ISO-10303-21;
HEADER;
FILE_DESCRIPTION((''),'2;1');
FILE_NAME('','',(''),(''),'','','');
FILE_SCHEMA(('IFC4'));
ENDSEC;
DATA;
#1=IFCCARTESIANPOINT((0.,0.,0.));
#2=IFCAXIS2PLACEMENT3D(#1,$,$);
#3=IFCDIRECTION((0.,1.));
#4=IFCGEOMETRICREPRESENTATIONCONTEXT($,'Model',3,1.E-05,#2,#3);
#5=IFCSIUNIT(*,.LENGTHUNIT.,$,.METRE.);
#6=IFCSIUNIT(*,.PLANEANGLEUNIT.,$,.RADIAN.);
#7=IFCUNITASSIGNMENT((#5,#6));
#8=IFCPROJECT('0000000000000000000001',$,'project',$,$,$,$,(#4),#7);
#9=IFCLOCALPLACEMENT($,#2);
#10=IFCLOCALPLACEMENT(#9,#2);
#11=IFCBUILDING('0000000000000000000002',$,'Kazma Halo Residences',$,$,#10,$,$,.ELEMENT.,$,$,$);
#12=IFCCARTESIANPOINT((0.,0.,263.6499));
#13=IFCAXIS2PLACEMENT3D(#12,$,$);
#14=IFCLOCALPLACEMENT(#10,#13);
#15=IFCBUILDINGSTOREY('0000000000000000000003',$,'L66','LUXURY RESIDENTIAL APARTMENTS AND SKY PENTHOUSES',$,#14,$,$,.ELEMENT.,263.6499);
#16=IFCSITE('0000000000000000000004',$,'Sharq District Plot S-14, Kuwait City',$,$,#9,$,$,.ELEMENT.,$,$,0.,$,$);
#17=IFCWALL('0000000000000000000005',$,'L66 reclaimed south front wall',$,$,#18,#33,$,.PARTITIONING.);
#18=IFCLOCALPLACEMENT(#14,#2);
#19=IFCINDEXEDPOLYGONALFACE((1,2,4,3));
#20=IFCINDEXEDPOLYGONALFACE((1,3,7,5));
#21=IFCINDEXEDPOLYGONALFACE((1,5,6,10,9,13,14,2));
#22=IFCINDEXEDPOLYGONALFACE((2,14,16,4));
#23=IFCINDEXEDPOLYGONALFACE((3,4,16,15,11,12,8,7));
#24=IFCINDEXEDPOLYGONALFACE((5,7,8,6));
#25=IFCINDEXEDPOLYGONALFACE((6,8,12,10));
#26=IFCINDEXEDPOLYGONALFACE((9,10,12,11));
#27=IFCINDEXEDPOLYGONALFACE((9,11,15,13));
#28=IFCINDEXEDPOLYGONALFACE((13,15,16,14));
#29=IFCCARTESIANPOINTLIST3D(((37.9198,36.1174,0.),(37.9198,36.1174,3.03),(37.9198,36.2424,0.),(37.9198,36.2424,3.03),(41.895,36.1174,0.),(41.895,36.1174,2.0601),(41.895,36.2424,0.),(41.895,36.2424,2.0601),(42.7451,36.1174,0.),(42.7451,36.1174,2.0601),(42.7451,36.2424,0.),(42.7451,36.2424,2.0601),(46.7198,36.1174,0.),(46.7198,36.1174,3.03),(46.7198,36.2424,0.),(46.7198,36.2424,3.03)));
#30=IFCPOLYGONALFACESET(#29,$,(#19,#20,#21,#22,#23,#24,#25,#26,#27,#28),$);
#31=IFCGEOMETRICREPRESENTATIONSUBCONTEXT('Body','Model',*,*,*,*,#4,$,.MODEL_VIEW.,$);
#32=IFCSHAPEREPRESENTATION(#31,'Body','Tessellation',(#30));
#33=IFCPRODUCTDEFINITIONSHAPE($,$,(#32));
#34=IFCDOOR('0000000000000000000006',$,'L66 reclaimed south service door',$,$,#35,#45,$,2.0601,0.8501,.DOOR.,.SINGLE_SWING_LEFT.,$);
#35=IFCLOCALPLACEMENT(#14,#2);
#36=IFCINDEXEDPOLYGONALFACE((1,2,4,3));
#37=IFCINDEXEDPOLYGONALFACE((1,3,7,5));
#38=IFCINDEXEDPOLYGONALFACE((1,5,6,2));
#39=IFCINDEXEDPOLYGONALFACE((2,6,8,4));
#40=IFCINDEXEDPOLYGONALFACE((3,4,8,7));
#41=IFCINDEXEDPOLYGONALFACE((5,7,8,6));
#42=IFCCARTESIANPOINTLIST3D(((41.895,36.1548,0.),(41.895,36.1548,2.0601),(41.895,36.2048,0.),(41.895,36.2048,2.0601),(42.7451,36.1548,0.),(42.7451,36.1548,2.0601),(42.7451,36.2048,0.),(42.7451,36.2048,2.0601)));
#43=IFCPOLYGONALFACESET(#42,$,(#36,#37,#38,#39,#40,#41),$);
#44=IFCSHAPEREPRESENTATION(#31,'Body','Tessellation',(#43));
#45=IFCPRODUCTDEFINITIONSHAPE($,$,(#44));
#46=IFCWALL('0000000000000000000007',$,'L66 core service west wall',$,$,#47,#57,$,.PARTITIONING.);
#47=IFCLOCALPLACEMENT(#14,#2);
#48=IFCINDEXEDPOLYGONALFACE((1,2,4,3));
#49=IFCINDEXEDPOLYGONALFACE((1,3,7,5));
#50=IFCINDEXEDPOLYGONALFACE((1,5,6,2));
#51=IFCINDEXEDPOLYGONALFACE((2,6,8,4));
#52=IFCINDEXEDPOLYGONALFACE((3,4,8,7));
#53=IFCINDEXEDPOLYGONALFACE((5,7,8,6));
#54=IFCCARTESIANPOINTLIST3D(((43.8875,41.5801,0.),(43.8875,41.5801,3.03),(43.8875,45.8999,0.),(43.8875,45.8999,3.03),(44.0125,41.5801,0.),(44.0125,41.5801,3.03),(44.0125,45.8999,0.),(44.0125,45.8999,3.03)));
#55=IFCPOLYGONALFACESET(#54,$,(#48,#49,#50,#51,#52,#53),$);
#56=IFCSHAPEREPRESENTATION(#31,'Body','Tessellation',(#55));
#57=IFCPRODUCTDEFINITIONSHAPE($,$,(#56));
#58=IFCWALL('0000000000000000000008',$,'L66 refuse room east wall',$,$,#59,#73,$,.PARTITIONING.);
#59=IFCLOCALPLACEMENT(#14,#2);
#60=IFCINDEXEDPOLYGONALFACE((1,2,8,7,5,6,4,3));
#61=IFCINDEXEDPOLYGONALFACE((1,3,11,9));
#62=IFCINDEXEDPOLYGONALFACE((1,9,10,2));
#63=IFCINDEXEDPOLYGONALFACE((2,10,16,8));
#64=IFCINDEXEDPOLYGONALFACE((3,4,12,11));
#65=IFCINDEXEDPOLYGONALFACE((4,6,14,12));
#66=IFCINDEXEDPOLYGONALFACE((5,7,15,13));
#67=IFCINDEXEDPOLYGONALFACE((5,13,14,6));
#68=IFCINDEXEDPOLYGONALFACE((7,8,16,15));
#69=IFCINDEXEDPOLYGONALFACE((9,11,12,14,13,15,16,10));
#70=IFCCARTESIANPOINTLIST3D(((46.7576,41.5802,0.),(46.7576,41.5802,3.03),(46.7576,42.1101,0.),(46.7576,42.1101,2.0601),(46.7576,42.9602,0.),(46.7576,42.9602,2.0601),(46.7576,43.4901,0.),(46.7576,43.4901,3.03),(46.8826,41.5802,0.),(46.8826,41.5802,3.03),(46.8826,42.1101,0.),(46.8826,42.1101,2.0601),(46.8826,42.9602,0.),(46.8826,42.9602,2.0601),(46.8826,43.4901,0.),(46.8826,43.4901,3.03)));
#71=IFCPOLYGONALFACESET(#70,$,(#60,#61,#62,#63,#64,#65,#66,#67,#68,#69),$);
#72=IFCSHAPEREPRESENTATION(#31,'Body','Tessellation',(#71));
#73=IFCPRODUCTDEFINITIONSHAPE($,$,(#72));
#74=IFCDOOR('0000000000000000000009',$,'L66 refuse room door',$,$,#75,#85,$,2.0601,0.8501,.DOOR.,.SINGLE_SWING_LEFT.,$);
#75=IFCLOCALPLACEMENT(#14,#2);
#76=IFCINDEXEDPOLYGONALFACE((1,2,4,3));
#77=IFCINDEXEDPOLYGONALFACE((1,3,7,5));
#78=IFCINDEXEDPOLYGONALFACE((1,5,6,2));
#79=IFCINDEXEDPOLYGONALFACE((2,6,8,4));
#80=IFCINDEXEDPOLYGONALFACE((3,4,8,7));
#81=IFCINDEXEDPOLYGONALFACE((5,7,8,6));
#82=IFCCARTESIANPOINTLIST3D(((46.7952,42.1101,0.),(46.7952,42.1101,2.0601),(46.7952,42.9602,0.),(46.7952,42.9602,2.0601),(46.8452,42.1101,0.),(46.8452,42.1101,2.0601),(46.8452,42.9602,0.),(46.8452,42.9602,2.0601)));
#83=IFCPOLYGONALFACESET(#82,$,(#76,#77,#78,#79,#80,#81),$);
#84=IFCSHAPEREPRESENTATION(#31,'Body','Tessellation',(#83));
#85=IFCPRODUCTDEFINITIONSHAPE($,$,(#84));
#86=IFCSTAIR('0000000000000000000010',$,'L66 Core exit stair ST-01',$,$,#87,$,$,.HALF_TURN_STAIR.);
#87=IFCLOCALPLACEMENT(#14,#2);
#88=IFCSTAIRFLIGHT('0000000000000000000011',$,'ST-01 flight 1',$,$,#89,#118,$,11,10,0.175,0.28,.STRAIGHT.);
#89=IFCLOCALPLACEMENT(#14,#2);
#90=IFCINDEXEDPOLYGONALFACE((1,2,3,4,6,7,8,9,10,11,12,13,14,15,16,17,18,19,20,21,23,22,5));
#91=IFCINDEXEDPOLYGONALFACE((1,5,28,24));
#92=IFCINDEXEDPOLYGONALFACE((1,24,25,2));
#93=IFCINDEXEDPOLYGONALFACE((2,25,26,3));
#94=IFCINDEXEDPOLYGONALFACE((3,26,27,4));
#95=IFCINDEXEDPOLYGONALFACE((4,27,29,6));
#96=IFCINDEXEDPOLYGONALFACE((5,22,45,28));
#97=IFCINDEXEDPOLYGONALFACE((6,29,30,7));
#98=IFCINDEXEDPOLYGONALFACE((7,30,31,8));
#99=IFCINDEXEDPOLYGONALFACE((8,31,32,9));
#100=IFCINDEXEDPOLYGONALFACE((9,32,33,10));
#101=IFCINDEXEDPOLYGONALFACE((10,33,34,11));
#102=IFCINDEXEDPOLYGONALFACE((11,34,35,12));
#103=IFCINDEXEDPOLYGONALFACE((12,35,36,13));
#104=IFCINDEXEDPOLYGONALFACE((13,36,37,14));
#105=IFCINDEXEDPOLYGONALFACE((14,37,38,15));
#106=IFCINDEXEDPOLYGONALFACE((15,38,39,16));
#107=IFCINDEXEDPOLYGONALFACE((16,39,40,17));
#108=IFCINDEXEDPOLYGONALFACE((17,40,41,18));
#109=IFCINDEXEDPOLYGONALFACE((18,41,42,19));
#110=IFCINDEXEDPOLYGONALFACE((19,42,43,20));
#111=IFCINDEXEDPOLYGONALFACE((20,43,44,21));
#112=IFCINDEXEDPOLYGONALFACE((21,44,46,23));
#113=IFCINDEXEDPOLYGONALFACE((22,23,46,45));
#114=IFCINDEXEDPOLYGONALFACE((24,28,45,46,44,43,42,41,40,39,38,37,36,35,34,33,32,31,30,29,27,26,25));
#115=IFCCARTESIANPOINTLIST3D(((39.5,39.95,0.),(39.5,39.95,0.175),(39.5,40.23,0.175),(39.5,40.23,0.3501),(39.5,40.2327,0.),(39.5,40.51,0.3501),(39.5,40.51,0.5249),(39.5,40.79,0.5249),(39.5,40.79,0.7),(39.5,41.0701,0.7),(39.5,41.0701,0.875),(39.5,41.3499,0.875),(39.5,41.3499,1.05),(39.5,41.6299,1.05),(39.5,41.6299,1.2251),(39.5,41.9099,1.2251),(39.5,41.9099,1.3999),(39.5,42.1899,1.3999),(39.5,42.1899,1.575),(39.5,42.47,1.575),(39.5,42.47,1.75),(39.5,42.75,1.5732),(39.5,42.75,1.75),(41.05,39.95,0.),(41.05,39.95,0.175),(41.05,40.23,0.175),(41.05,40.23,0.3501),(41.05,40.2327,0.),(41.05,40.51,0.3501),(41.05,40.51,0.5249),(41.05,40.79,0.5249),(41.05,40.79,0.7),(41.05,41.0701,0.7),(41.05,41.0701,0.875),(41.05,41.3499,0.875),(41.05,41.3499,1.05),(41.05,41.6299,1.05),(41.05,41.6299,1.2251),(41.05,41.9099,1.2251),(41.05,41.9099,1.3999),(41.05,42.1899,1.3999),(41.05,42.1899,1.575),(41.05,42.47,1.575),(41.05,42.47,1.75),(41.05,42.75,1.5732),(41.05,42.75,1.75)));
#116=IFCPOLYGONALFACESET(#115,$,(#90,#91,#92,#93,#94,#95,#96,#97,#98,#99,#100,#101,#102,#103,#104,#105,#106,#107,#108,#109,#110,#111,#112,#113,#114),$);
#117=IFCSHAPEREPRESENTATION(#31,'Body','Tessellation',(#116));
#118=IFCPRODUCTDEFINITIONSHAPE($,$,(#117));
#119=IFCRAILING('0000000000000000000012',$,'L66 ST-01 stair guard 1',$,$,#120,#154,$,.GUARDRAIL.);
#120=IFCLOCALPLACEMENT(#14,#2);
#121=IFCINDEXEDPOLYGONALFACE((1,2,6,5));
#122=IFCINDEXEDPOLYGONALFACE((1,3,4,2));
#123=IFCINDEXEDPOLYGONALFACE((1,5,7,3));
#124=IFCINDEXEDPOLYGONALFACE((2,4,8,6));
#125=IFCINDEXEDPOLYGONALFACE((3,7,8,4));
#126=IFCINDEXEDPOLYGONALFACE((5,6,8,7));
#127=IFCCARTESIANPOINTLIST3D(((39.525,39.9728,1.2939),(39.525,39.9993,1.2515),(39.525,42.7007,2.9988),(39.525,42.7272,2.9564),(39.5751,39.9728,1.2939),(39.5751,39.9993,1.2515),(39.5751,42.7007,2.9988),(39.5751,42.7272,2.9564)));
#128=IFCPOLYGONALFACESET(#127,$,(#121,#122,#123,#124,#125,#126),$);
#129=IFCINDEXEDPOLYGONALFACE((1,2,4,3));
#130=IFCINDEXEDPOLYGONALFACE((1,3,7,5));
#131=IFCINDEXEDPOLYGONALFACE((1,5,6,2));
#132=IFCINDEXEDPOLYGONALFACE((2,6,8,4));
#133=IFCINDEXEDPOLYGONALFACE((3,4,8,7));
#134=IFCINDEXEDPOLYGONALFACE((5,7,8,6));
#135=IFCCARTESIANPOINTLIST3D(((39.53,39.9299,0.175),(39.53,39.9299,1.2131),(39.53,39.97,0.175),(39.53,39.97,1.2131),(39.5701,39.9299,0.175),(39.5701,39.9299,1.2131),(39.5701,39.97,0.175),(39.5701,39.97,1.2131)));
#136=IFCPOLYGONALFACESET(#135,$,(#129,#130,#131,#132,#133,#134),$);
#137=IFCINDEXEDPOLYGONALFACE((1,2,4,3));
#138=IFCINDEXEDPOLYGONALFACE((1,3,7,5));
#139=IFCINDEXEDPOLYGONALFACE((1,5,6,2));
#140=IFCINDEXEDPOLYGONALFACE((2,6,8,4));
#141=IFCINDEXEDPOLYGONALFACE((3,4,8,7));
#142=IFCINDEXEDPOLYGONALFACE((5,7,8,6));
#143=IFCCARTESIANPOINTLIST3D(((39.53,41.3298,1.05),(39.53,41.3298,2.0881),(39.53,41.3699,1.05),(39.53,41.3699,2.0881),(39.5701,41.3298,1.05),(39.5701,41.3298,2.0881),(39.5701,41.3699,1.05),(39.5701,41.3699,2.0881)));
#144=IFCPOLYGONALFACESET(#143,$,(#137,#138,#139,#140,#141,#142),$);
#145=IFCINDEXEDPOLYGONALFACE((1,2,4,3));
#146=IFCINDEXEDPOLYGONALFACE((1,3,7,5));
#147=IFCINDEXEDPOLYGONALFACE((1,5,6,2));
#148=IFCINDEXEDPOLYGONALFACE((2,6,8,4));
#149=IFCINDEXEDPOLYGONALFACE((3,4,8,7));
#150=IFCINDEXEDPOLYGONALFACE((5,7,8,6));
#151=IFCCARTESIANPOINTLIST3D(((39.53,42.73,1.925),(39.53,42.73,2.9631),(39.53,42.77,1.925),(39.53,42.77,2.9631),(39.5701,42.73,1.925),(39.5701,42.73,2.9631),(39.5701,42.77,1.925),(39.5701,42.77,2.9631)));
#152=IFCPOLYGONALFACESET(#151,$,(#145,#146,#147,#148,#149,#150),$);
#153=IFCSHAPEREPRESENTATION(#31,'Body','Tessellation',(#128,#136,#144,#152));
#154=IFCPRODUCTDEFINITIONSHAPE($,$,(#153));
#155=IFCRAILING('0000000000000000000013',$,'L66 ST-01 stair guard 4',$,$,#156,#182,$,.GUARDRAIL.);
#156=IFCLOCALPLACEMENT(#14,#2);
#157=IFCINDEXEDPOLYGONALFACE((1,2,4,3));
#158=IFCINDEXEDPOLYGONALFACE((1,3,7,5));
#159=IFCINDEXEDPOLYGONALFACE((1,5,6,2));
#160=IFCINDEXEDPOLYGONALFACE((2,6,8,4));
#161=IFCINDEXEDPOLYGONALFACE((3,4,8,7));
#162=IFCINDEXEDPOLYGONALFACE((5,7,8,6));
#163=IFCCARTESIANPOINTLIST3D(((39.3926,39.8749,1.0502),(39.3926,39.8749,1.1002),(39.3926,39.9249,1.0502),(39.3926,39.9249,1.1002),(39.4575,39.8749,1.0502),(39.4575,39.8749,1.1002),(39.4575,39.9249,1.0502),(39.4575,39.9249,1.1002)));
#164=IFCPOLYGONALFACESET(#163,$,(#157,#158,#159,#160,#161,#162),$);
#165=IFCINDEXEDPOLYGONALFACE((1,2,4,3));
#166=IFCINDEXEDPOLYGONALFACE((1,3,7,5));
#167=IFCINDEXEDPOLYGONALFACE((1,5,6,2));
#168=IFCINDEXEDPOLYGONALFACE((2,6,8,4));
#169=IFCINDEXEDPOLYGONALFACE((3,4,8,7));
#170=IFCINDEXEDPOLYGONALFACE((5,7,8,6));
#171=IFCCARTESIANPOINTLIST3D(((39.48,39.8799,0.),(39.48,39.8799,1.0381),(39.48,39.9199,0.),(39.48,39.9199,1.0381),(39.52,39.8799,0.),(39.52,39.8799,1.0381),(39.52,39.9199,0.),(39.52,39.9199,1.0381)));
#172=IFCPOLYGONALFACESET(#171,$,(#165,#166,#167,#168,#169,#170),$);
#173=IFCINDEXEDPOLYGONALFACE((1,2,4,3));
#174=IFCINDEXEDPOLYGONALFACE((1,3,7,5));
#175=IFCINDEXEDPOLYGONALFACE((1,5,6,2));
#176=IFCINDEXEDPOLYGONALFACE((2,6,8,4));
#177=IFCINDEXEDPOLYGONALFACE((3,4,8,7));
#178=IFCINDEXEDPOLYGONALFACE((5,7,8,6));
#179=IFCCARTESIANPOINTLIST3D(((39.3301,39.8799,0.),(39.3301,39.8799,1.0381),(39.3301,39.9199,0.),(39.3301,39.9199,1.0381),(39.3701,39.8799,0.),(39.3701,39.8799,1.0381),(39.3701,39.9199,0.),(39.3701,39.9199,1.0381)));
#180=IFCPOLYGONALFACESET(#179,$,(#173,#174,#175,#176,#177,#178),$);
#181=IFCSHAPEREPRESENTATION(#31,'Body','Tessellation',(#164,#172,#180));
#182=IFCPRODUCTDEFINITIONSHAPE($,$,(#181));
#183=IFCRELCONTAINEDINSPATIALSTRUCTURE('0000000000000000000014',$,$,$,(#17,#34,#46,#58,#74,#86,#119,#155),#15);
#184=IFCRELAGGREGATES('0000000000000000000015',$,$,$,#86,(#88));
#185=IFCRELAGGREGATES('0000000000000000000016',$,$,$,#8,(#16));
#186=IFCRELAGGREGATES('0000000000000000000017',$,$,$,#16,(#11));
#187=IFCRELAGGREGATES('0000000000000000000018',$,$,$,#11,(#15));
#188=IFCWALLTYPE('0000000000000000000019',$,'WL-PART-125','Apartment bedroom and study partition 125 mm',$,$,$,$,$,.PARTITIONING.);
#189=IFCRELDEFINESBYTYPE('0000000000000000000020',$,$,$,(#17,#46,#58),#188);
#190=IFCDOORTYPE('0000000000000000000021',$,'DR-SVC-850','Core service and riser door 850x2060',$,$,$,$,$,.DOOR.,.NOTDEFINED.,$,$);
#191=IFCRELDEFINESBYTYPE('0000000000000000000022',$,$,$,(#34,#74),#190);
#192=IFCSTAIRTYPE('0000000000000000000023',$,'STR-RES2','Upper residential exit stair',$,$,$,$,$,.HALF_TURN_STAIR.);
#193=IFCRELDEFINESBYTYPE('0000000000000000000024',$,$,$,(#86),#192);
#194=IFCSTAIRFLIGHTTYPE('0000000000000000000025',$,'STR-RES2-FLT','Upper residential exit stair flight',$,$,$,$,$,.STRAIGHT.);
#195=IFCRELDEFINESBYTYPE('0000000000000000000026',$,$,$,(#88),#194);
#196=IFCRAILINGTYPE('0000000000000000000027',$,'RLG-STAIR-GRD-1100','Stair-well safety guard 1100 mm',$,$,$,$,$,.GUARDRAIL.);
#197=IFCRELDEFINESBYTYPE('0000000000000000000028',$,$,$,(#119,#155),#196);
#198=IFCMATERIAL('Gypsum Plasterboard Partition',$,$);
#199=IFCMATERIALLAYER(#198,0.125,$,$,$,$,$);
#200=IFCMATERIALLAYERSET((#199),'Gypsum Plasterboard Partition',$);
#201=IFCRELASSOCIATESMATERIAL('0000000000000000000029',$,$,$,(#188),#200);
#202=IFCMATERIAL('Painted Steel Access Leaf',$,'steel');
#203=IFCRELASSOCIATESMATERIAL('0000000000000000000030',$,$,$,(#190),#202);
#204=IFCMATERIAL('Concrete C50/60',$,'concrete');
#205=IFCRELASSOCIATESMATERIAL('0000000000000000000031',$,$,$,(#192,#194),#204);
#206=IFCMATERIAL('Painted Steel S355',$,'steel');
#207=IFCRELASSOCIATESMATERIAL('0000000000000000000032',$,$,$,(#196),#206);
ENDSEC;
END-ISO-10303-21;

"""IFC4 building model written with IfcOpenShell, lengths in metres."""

from ifc_helpers import new_model, si_unit, direction, frame, frame_2d, origin, origin_2d, place, context, subcontext, project, spatial, polyline, rectangle, outline, extrude, material, layer, layer_set, type_object, element, fill, aggregate, save


model = new_model("IFC4")

# Units and contexts
model_context = context("Model", 3, precision=1e-05, world=origin(), true_north=direction((0.0, 1.0)))
body_context = subcontext(model_context, "Body", "Model", "MODEL_VIEW")
ifc_project = project(units=[si_unit("LENGTHUNIT", "METRE"), si_unit("PLANEANGLEUNIT", "RADIAN")], contexts=[model_context])

# Site, building, storey
site_placement = place(None, origin())
site = spatial("IfcSite", under=ifc_project, at=site_placement, Name="Sharq District Plot S-14, Kuwait City", CompositionType="ELEMENT", RefElevation=0.0)
building_placement = place(site_placement, origin())
building = spatial("IfcBuilding", under=site, at=building_placement, Name="Kazma Halo Residences", CompositionType="ELEMENT")
storey_placement = place(building_placement, frame((0.0, 0.0, 263.6499)))
storey = spatial("IfcBuildingStorey", under=building, at=storey_placement, Name="L66", Description="LUXURY RESIDENTIAL APARTMENTS AND SKY PENTHOUSES", CompositionType="ELEMENT", Elevation=263.6499)

# Shared definitions
ifc_material_1 = material(Name="Gypsum Plasterboard Partition")
ifc_layer_1 = layer(ifc_material_1, 0.125)
ifc_layer_set_1 = layer_set([ifc_layer_1], Name="Gypsum Plasterboard Partition")
wall_type_1 = type_object("IfcWallType", Name="WL-PART-125", Description="Apartment bedroom and study partition 125 mm", PredefinedType="PARTITIONING", material=ifc_layer_set_1)

# Wall, opening, door
wall_1_placement = place(storey_placement, frame((37.9199, 36.1799, 0.0), z_axis=(0.0, 0.0, 1.0), x_axis=(1.0, 0.0, 0.0)))
wall_1 = element("IfcWall", 1, at=wall_1_placement, inside=storey, type_object=wall_type_1, Name="L66 reclaimed south front wall", PredefinedType="PARTITIONING", context=body_context, shape_type="SweptSolid", body=[
    extrude(rectangle(XDim=8.8, YDim=0.125, at=frame_2d((4.3999, 0.0))), origin(), (0.0, 0.0, 1.0), 3.03),
])
opening_1_placement = place(wall_1_placement, frame((3.9751, 0.0, 0.0)))
opening_1 = element("IfcOpeningElement", 2, at=opening_1_placement, cuts=wall_1, PredefinedType="OPENING", context=body_context, shape_type="SweptSolid", body=[
    extrude(rectangle(XDim=0.8501, YDim=2.0601, at=frame_2d((0.425, 1.03))), frame((0.0, 0.0725, 0.0), z_axis=(0.0, -1.0, 0.0), x_axis=(1.0, 0.0, 0.0)), (0.0, 0.0, 1.0), 0.145),
])
ifc_material_2 = material(Name="Painted Steel Access Leaf", Category="steel")
door_type_1 = type_object("IfcDoorType", Name="DR-SVC-850", Description="Core service and riser door 850x2060", OperationType="NOTDEFINED", PredefinedType="DOOR", material=ifc_material_2)
door_1_placement = place(opening_1_placement, origin())
door_1 = element("IfcDoor", 3, at=door_1_placement, inside=storey, type_object=door_type_1, Name="L66 reclaimed south service door", OperationType="SINGLE_SWING_LEFT", OverallHeight=2.0601, OverallWidth=0.8501, PredefinedType="DOOR", context=body_context, shape_type="SweptSolid", body=[
    extrude(rectangle(XDim=0.8501, YDim=2.0601, at=frame_2d((0.425, 1.03))), frame((0.0, 0.0249, 0.0), z_axis=(0.0, -1.0, 0.0), x_axis=(1.0, 0.0, 0.0)), (0.0, 0.0, 1.0), 0.05),
])
fill(opening_1, door_1)

# Wall
wall_2_placement = place(storey_placement, frame((43.95, 41.5801, 0.0), z_axis=(0.0, 0.0, 1.0), x_axis=(0.0, 1.0, 0.0)))
element("IfcWall", 4, at=wall_2_placement, inside=storey, type_object=wall_type_1, Name="L66 core service west wall", PredefinedType="PARTITIONING", context=body_context, shape_type="SweptSolid", body=[
    extrude(rectangle(XDim=4.3198, YDim=0.125, at=frame_2d((2.1599, 0.0))), origin(), (0.0, 0.0, 1.0), 3.03),
])

# Wall, opening, door
wall_3_placement = place(storey_placement, frame((46.8201, 41.5801, 0.0), z_axis=(0.0, 0.0, 1.0), x_axis=(0.0, 1.0, 0.0)))
wall_3 = element("IfcWall", 5, at=wall_3_placement, inside=storey, type_object=wall_type_1, Name="L66 refuse room east wall", PredefinedType="PARTITIONING", context=body_context, shape_type="SweptSolid", body=[
    extrude(rectangle(XDim=1.9099, YDim=0.125, at=frame_2d((0.9551, 0.0))), origin(), (0.0, 0.0, 1.0), 3.03),
])
opening_2_placement = place(wall_3_placement, frame((0.53, 0.0, 0.0)))
opening_2 = element("IfcOpeningElement", 6, at=opening_2_placement, cuts=wall_3, PredefinedType="OPENING", context=body_context, shape_type="SweptSolid", body=[
    extrude(rectangle(XDim=0.8501, YDim=2.0601, at=frame_2d((0.425, 1.03))), frame((0.0, 0.0725, 0.0), z_axis=(0.0, -1.0, 0.0), x_axis=(1.0, 0.0, 0.0)), (0.0, 0.0, 1.0), 0.145),
])
door_2_placement = place(opening_2_placement, origin())
door_2 = element("IfcDoor", 7, at=door_2_placement, inside=storey, type_object=door_type_1, Name="L66 refuse room door", OperationType="SINGLE_SWING_LEFT", OverallHeight=2.0601, OverallWidth=0.8501, PredefinedType="DOOR", context=body_context, shape_type="SweptSolid", body=[
    extrude(rectangle(XDim=0.8501, YDim=2.0601, at=frame_2d((0.425, 1.03))), frame((0.0, 0.0249, 0.0), z_axis=(0.0, -1.0, 0.0), x_axis=(1.0, 0.0, 0.0)), (0.0, 0.0, 1.0), 0.05),
])
fill(opening_2, door_2)
ifc_material_3 = material(Name="Concrete C50/60", Category="concrete")

# Stair, stair flight
stair_type = type_object("IfcStairType", Name="STR-RES2", Description="Upper residential exit stair", PredefinedType="HALF_TURN_STAIR", material=ifc_material_3)
stair_placement = place(storey_placement, origin())
stair = element("IfcStair", 8, at=stair_placement, inside=storey, type_object=stair_type, Name="L66 Core exit stair ST-01", PredefinedType="HALF_TURN_STAIR")
stair_flight_type = type_object("IfcStairFlightType", Name="STR-RES2-FLT", Description="Upper residential exit stair flight", PredefinedType="STRAIGHT", material=ifc_material_3)
stair_flight_placement = place(storey_placement, frame((40.2749, 39.95, 0.0), z_axis=(0.0, 0.0, 1.0), x_axis=(0.0, 1.0, 0.0)))
stair_flight = element("IfcStairFlight", 9, at=stair_flight_placement, type_object=stair_flight_type, Name="ST-01 flight 1", NumberOfRisers=11, NumberOfTreads=10, PredefinedType="STRAIGHT", RiserHeight=0.175, TreadLength=0.28, context=body_context, shape_type="SweptSolid", body=[
    extrude(outline(polyline([(0.0, 0.0), (0.0, 0.175), (0.28, 0.175), (0.28, 0.3501), (0.5601, 0.3501), (0.5601, 0.5249), (0.8401, 0.5249), (0.8401, 0.7), (1.1201, 0.7), (1.1201, 0.875), (1.3999, 0.875), (1.3999, 1.05), (1.6799, 1.05), (1.6799, 1.2251), (1.96, 1.2251), (1.96, 1.3999), (2.24, 1.3999), (2.24, 1.575), (2.52, 1.575), (2.52, 1.75), (2.8, 1.75), (2.8, 1.925), (2.8, 1.5732), (0.2827, 0.0), (0.0, 0.0)])), frame((0.0, 0.7749, 0.0), z_axis=(0.0, -1.0, 0.0), x_axis=(1.0, 0.0, 0.0)), (0.0, 0.0, 1.0), 1.55),
])
aggregate(stair, [stair_flight])

# Railings
ifc_material_4 = material(Name="Painted Steel S355", Category="steel")
railing_type_1 = type_object("IfcRailingType", Name="RLG-STAIR-GRD-1100", Description="Stair-well safety guard 1100 mm", PredefinedType="GUARDRAIL", material=ifc_material_4)
railing_1_placement = place(storey_placement, frame((39.55, 39.95, 0.175)))
element("IfcRailing", 10, at=railing_1_placement, inside=storey, type_object=railing_type_1, Name="L66 ST-01 stair guard 1", PredefinedType="GUARDRAIL", context=body_context, shape_type="SweptSolid", body=[
    extrude(rectangle(XDim=0.05, YDim=0.05, at=origin_2d()), frame((0.0, 0.0361, 1.0977), z_axis=(0.0, 0.848002, 0.529992), x_axis=(-1.0, 0.0, 0.0)), (0.0, 0.0, 1.0), 3.2168),
    extrude(rectangle(XDim=0.04, YDim=0.04, at=origin_2d()), origin(), (0.0, 0.0, 1.0), 1.0381),
    extrude(rectangle(XDim=0.04, YDim=0.04, at=origin_2d()), frame((0.0, 1.3999, 0.875)), (0.0, 0.0, 1.0), 1.0381),
    extrude(rectangle(XDim=0.04, YDim=0.04, at=origin_2d()), frame((0.0, 2.8, 1.75)), (0.0, 0.0, 1.0), 1.0381),
])
railing_2_placement = place(storey_placement, frame((39.5, 39.8999, 0.0)))
element("IfcRailing", 11, at=railing_2_placement, inside=storey, type_object=railing_type_1, Name="L66 ST-01 stair guard 4", PredefinedType="GUARDRAIL", context=body_context, shape_type="SweptSolid", body=[
    extrude(rectangle(XDim=0.05, YDim=0.05, at=origin_2d()), frame((-0.0425, 0.0, 1.0752), z_axis=(-1.0, 0.0, 0.0), x_axis=(0.0, -1.0, 0.0)), (0.0, 0.0, 1.0), 0.0649),
    extrude(rectangle(XDim=0.04, YDim=0.04, at=origin_2d()), origin(), (0.0, 0.0, 1.0), 1.0381),
    extrude(rectangle(XDim=0.04, YDim=0.04, at=origin_2d()), frame((-0.1499, 0.0, 0.0)), (0.0, 0.0, 1.0), 1.0381),
])

save(model, "model.ifc")
